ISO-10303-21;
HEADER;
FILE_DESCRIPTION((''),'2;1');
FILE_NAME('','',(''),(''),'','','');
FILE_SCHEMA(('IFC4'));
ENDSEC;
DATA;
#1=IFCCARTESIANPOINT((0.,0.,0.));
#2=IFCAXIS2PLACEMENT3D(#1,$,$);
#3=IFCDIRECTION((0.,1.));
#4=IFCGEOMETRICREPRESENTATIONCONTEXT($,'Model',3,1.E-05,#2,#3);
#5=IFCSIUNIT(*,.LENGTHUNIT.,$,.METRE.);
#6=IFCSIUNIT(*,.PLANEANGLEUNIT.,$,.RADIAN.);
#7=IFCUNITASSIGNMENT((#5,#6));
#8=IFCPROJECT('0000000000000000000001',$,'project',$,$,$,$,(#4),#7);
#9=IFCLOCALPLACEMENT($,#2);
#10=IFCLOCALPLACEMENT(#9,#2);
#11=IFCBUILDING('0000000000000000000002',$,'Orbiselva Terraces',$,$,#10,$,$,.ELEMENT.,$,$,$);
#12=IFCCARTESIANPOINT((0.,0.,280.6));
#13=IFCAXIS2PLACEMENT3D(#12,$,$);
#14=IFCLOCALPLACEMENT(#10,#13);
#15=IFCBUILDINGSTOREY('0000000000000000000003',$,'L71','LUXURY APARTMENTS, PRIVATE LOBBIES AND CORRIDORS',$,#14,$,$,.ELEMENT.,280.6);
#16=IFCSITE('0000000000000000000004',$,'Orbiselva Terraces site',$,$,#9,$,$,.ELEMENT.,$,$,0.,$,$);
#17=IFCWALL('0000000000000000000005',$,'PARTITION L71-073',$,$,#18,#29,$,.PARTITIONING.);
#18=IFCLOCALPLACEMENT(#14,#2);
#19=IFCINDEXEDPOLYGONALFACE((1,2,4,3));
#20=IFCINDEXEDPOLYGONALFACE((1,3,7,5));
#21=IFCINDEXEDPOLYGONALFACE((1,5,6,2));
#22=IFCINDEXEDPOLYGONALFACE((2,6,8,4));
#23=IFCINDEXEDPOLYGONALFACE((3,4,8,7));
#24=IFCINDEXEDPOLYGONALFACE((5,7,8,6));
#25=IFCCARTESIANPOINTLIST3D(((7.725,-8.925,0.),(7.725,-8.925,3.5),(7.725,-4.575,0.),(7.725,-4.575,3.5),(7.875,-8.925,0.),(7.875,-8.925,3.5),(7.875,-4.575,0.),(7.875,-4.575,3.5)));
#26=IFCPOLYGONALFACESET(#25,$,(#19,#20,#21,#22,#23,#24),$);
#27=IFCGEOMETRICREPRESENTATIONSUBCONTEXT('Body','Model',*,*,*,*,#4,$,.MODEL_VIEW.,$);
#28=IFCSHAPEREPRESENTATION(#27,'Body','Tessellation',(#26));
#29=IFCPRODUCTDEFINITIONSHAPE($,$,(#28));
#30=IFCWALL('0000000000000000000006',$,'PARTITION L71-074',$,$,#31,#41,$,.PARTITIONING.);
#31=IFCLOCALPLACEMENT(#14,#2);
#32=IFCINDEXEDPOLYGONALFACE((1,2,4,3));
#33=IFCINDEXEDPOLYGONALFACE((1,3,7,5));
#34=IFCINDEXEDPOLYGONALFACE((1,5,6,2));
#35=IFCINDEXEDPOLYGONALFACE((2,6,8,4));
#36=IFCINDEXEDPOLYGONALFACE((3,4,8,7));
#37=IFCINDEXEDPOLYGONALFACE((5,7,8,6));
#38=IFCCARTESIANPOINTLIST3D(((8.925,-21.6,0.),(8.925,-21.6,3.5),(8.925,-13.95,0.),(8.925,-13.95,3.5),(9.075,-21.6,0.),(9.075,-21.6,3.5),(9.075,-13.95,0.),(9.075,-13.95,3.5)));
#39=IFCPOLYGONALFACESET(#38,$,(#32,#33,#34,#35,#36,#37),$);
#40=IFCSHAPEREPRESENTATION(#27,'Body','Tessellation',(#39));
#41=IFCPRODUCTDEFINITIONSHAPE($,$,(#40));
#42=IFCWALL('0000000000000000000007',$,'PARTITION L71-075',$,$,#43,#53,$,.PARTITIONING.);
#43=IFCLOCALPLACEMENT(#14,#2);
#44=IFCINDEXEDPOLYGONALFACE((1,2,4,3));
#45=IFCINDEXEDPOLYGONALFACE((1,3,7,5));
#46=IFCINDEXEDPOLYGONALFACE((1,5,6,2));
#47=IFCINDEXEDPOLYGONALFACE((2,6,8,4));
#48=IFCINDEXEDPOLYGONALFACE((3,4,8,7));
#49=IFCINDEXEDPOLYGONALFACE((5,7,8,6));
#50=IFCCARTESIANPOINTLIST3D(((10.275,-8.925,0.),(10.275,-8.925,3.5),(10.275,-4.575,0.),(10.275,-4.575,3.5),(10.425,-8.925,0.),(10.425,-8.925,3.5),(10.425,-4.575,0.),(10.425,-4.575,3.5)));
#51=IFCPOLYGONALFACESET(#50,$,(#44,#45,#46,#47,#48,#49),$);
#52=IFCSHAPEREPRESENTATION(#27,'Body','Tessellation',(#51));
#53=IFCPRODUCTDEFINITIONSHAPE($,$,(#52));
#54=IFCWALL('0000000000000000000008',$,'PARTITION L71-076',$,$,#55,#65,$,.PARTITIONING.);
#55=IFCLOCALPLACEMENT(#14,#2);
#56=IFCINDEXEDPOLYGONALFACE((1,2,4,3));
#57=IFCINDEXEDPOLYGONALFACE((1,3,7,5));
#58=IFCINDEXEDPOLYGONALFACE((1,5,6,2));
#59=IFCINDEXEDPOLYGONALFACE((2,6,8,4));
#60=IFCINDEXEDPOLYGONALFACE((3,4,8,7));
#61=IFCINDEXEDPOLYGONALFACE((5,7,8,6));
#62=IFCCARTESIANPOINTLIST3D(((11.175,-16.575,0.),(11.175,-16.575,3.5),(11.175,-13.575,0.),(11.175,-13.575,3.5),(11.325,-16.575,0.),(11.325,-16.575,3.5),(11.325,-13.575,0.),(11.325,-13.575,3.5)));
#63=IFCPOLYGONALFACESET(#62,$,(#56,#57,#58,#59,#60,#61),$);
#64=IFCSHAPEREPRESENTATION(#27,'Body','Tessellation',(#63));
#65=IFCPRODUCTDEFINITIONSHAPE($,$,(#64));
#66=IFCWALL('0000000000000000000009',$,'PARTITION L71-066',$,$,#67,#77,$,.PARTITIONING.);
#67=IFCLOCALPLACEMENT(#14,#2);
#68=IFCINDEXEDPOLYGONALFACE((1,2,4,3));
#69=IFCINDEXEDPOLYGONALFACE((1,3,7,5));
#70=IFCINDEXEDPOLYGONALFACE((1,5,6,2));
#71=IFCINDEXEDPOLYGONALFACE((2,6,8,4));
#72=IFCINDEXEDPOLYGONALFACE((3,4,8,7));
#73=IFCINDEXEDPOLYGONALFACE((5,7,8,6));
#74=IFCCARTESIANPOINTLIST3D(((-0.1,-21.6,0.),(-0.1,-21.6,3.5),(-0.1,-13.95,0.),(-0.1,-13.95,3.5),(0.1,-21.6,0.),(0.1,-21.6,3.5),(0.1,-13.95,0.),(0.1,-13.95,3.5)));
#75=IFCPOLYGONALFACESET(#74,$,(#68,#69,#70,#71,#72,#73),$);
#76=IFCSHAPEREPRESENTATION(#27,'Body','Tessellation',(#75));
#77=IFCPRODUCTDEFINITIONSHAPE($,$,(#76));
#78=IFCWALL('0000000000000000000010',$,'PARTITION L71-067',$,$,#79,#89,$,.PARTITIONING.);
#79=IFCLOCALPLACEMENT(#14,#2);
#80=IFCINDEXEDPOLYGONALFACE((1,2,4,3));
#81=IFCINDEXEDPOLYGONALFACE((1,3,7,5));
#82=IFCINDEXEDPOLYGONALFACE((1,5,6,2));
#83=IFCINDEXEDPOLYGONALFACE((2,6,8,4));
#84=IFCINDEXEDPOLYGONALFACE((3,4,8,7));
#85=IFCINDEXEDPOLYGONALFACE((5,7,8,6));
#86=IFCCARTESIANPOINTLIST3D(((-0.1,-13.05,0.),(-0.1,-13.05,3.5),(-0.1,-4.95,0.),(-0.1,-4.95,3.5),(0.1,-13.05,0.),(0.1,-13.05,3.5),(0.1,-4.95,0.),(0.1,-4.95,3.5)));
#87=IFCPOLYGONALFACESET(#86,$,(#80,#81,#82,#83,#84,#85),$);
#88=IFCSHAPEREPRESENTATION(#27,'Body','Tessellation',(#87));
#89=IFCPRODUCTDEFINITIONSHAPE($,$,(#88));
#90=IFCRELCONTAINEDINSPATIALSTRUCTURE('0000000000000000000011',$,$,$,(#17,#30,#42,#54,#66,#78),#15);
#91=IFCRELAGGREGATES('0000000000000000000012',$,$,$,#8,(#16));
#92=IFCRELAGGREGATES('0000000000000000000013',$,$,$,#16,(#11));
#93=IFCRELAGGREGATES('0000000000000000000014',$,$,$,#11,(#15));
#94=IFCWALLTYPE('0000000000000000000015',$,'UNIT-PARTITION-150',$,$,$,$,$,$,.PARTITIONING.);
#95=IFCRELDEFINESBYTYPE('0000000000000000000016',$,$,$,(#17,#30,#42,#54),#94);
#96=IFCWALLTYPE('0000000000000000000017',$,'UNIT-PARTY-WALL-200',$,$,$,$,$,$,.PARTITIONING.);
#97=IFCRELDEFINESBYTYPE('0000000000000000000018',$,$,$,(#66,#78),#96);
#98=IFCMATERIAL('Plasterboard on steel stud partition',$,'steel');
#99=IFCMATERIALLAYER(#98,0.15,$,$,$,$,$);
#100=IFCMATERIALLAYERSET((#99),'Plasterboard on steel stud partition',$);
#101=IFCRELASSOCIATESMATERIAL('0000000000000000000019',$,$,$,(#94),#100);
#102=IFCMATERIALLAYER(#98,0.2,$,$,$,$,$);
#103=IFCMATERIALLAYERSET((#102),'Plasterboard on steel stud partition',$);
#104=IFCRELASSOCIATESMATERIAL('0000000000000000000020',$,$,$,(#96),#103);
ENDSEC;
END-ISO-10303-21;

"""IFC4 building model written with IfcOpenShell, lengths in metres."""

from ifc_helpers import new_model, si_unit, direction, frame, frame_2d, origin, place, context, subcontext, project, spatial, rectangle, extrude, material, layer, layer_set, type_object, element, save


model = new_model("IFC4")

# Units and contexts
model_context = context("Model", 3, precision=1e-05, world=origin(), true_north=direction((0.0, 1.0)))
body_context = subcontext(model_context, "Body", "Model", "MODEL_VIEW")
ifc_project = project(units=[si_unit("LENGTHUNIT", "METRE"), si_unit("PLANEANGLEUNIT", "RADIAN")], contexts=[model_context])

# Site, building, storey
site_placement = place(None, origin())
site = spatial("IfcSite", under=ifc_project, at=site_placement, Name="Orbiselva Terraces site", CompositionType="ELEMENT", RefElevation=0.0)
building_placement = place(site_placement, origin())
building = spatial("IfcBuilding", under=site, at=building_placement, Name="Orbiselva Terraces", CompositionType="ELEMENT")
storey_placement = place(building_placement, frame((0.0, 0.0, 280.6)))
storey = spatial("IfcBuildingStorey", under=building, at=storey_placement, Name="L71", Description="LUXURY APARTMENTS, PRIVATE LOBBIES AND CORRIDORS", CompositionType="ELEMENT", Elevation=280.6)

# Shared definitions
ifc_material_1 = material(Name="Plasterboard on steel stud partition", Category="steel")
ifc_layer_1 = layer(ifc_material_1, 0.15)
ifc_layer_set_1 = layer_set([ifc_layer_1], Name="Plasterboard on steel stud partition")
wall_type_1 = type_object("IfcWallType", Name="UNIT-PARTITION-150", PredefinedType="PARTITIONING", material=ifc_layer_set_1)

# Walls
wall_1_placement = place(storey_placement, frame((7.8, -8.925, 0.0), z_axis=(0.0, 0.0, 1.0), x_axis=(0.0, 1.0, 0.0)))
element("IfcWall", 1, at=wall_1_placement, inside=storey, type_object=wall_type_1, Name="PARTITION L71-073", PredefinedType="PARTITIONING", context=body_context, shape_type="SweptSolid", body=[
    extrude(rectangle(XDim=4.35, YDim=0.15, at=frame_2d((2.175, 0.0))), origin(), (0.0, 0.0, 1.0), 3.5),
])
wall_2_placement = place(storey_placement, frame((9.0, -21.6, 0.0), z_axis=(0.0, 0.0, 1.0), x_axis=(0.0, 1.0, 0.0)))
element("IfcWall", 2, at=wall_2_placement, inside=storey, type_object=wall_type_1, Name="PARTITION L71-074", PredefinedType="PARTITIONING", context=body_context, shape_type="SweptSolid", body=[
    extrude(rectangle(XDim=7.65, YDim=0.15, at=frame_2d((3.825, 0.0))), origin(), (0.0, 0.0, 1.0), 3.5),
])
wall_3_placement = place(storey_placement, frame((10.35, -8.925, 0.0), z_axis=(0.0, 0.0, 1.0), x_axis=(0.0, 1.0, 0.0)))
element("IfcWall", 3, at=wall_3_placement, inside=storey, type_object=wall_type_1, Name="PARTITION L71-075", PredefinedType="PARTITIONING", context=body_context, shape_type="SweptSolid", body=[
    extrude(rectangle(XDim=4.35, YDim=0.15, at=frame_2d((2.175, 0.0))), origin(), (0.0, 0.0, 1.0), 3.5),
])
wall_4_placement = place(storey_placement, frame((11.25, -16.575, 0.0), z_axis=(0.0, 0.0, 1.0), x_axis=(0.0, 1.0, 0.0)))
element("IfcWall", 4, at=wall_4_placement, inside=storey, type_object=wall_type_1, Name="PARTITION L71-076", PredefinedType="PARTITIONING", context=body_context, shape_type="SweptSolid", body=[
    extrude(rectangle(XDim=3.0, YDim=0.15, at=frame_2d((1.5, 0.0))), origin(), (0.0, 0.0, 1.0), 3.5),
])
ifc_layer_2 = layer(ifc_material_1, 0.2)
ifc_layer_set_2 = layer_set([ifc_layer_2], Name="Plasterboard on steel stud partition")
wall_type_2 = type_object("IfcWallType", Name="UNIT-PARTY-WALL-200", PredefinedType="PARTITIONING", material=ifc_layer_set_2)
wall_5_placement = place(storey_placement, frame((0.0, -21.6, 0.0), z_axis=(0.0, 0.0, 1.0), x_axis=(0.0, 1.0, 0.0)))
element("IfcWall", 5, at=wall_5_placement, inside=storey, type_object=wall_type_2, Name="PARTITION L71-066", PredefinedType="PARTITIONING", context=body_context, shape_type="SweptSolid", body=[
    extrude(rectangle(XDim=7.65, YDim=0.2, at=frame_2d((3.825, 0.0))), origin(), (0.0, 0.0, 1.0), 3.5),
])
wall_6_placement = place(storey_placement, frame((0.0, -13.05, 0.0), z_axis=(0.0, 0.0, 1.0), x_axis=(0.0, 1.0, 0.0)))
element("IfcWall", 6, at=wall_6_placement, inside=storey, type_object=wall_type_2, Name="PARTITION L71-067", PredefinedType="PARTITIONING", context=body_context, shape_type="SweptSolid", body=[
    extrude(rectangle(XDim=8.1, YDim=0.2, at=frame_2d((4.05, 0.0))), origin(), (0.0, 0.0, 1.0), 3.5),
])

save(model, "model.ifc")
